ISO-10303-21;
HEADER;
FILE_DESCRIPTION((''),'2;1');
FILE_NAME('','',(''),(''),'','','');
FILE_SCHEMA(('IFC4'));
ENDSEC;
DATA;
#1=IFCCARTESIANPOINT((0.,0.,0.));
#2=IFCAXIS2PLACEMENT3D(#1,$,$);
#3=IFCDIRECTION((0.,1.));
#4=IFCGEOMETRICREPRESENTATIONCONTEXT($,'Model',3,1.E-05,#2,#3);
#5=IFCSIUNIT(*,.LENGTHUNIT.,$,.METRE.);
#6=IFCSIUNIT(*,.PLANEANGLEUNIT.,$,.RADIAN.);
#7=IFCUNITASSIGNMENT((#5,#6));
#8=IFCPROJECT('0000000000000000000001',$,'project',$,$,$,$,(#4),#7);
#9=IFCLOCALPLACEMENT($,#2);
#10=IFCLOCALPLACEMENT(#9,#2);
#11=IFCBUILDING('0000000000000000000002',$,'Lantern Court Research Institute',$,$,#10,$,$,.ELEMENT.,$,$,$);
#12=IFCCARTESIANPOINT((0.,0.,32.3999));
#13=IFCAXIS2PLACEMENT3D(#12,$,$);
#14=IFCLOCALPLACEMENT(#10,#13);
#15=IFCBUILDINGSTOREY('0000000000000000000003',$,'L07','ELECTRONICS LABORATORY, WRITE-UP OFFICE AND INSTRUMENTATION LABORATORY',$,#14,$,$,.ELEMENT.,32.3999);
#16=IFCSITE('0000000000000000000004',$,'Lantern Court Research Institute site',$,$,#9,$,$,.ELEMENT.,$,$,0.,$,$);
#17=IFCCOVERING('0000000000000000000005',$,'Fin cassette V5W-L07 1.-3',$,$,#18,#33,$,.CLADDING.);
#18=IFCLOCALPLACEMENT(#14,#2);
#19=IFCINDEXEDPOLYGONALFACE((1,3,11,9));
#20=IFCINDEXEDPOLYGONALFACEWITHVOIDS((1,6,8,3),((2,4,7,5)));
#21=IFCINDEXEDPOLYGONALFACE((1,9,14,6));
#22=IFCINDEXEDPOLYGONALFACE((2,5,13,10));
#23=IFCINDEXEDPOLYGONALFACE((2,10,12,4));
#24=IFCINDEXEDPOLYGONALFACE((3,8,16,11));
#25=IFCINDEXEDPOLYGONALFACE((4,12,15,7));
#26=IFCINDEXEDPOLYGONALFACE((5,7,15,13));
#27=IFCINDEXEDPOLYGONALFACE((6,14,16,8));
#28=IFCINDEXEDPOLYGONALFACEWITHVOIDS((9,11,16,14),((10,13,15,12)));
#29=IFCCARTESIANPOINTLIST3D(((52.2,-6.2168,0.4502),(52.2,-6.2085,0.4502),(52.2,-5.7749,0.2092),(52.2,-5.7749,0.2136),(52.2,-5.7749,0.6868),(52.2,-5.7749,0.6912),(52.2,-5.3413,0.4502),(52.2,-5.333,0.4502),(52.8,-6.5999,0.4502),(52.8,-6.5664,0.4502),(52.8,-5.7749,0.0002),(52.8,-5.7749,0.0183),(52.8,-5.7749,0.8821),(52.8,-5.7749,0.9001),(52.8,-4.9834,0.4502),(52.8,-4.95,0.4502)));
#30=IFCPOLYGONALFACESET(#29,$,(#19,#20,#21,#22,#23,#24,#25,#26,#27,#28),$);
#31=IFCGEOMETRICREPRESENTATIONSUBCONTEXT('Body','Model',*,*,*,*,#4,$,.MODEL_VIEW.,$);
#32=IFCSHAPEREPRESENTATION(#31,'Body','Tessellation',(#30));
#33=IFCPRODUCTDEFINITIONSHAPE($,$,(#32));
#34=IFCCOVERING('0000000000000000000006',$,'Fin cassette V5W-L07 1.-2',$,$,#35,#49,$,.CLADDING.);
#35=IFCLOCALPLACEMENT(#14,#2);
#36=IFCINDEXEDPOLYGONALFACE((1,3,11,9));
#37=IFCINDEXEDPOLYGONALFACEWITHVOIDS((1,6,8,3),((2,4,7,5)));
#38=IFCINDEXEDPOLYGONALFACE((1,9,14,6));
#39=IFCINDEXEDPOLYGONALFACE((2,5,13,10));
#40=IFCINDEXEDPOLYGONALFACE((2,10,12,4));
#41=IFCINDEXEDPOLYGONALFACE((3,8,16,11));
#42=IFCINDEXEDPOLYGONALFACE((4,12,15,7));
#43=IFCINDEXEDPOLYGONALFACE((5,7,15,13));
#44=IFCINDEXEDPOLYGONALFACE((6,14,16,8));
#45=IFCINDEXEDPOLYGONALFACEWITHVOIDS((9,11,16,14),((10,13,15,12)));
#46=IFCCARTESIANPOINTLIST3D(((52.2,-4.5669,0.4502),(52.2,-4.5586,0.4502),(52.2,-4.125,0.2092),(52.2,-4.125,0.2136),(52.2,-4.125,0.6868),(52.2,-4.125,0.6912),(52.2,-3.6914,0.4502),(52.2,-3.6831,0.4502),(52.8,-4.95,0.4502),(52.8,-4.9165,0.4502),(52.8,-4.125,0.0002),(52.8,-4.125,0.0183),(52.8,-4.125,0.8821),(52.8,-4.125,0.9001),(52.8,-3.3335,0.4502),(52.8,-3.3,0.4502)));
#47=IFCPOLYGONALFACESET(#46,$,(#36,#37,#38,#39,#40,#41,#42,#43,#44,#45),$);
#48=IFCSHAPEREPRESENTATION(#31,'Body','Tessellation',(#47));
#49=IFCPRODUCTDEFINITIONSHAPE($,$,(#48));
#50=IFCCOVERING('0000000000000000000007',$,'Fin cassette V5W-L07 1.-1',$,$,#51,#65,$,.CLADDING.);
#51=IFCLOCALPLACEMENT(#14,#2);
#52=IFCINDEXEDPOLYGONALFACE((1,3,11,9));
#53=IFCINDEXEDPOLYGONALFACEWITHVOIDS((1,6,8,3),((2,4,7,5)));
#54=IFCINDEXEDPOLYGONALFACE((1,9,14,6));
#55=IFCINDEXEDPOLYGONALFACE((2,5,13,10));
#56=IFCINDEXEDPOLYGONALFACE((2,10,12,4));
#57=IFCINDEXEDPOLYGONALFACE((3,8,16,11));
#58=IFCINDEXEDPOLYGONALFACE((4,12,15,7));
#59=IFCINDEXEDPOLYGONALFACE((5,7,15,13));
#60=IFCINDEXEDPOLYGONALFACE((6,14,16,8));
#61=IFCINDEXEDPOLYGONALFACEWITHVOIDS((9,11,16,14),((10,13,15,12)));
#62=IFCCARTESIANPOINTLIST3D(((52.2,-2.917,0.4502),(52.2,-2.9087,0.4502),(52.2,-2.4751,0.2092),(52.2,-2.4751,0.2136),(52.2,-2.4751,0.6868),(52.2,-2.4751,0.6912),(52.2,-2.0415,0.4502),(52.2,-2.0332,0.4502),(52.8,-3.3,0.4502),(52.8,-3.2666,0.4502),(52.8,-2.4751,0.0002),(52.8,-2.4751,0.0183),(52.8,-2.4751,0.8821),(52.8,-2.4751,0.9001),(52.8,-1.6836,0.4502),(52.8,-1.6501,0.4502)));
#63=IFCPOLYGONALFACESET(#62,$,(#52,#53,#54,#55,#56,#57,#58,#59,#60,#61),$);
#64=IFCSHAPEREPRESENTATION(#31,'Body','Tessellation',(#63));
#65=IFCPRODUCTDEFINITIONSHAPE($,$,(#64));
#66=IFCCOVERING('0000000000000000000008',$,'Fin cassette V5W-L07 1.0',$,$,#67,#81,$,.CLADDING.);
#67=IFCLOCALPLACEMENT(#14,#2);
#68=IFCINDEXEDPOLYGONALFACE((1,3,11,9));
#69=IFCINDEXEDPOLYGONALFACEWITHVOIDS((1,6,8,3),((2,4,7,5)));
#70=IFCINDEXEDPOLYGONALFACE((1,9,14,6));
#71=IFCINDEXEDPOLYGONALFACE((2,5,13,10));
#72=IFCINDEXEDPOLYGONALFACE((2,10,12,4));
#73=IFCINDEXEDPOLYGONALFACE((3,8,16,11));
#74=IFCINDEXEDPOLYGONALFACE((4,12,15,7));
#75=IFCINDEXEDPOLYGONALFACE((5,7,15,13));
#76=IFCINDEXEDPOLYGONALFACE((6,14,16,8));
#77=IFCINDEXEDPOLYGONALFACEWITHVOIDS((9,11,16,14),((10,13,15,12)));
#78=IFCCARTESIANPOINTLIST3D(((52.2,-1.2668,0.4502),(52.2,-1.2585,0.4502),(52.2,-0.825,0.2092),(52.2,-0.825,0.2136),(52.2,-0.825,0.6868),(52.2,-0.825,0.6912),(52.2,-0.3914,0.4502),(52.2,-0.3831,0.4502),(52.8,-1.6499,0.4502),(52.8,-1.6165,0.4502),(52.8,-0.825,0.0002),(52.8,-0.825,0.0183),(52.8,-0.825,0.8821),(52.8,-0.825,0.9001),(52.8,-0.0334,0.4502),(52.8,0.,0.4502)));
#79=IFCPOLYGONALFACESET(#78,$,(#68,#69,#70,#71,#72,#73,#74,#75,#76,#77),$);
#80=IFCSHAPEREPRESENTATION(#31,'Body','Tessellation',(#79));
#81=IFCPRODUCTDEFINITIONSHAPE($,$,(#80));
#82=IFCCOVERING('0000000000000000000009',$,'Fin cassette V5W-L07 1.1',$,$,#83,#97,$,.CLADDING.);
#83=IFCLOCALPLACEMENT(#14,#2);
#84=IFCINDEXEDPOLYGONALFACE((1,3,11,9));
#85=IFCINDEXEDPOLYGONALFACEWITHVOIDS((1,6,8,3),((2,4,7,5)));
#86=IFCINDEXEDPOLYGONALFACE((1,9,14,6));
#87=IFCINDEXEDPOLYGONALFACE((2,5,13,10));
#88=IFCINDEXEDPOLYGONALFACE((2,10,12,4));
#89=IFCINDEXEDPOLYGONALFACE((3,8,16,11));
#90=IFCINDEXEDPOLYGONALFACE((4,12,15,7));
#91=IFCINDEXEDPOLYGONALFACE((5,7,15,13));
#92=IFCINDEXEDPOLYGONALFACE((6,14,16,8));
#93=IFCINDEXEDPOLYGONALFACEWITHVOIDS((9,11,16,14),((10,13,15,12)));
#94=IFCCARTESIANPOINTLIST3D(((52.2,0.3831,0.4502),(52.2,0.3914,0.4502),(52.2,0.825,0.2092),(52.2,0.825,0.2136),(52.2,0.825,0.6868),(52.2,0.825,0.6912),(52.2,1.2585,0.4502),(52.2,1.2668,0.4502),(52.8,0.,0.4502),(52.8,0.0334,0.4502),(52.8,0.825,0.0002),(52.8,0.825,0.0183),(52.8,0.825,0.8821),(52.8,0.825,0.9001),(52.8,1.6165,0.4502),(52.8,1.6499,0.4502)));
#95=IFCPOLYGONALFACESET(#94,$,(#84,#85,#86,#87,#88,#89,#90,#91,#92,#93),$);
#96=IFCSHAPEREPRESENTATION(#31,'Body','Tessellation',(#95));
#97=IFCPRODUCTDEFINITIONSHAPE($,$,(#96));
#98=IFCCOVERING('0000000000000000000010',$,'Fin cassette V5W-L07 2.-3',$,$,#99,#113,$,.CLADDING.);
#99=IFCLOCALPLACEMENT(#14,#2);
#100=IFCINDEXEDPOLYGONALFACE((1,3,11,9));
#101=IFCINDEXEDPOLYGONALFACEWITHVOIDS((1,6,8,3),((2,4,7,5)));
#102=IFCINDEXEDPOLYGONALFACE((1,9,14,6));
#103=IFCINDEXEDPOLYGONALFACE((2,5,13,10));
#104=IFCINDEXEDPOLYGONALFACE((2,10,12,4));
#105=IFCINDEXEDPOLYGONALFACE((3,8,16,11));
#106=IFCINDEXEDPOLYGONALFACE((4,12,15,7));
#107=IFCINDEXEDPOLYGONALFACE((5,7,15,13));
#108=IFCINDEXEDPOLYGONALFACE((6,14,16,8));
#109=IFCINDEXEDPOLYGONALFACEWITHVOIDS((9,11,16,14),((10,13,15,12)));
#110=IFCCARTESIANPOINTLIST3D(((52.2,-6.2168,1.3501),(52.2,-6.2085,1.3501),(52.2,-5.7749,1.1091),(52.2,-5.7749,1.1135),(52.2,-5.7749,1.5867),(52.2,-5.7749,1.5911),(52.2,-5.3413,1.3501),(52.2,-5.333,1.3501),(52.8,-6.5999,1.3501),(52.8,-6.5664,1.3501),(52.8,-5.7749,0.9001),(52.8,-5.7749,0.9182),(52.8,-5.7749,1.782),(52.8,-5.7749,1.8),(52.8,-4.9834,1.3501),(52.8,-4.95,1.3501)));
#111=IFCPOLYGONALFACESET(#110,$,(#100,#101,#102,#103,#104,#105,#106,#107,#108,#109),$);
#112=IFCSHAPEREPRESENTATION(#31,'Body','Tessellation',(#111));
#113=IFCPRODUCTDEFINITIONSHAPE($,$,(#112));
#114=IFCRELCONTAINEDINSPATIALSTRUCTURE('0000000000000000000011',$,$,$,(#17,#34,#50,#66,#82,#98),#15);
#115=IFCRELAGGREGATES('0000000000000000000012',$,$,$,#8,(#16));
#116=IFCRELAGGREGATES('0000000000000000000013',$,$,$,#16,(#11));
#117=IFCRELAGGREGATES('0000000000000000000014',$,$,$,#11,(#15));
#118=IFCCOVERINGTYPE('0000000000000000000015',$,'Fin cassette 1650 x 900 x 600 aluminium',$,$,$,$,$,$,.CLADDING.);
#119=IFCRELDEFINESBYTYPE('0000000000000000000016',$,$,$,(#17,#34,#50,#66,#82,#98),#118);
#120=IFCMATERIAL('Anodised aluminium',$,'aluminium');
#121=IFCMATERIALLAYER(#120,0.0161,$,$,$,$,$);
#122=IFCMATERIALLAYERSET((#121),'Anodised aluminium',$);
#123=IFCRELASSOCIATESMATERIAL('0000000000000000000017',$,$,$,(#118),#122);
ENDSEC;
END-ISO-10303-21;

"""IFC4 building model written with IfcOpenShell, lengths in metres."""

from ifc_helpers import new_model, entity, si_unit, direction, frame, origin, place, context, subcontext, project, spatial, material, layer, layer_set, type_object, element, save


model = new_model("IFC4")

# Units and contexts
model_context = context("Model", 3, precision=1e-05, world=origin(), true_north=direction((0.0, 1.0)))
body_context = subcontext(model_context, "Body", "Model", "MODEL_VIEW")
ifc_project = project(units=[si_unit("LENGTHUNIT", "METRE"), si_unit("PLANEANGLEUNIT", "RADIAN")], contexts=[model_context])

# Site, building, storey
site_placement = place(None, origin())
site = spatial("IfcSite", under=ifc_project, at=site_placement, Name="Lantern Court Research Institute site", CompositionType="ELEMENT", RefElevation=0.0)
building_placement = place(site_placement, origin())
building = spatial("IfcBuilding", under=site, at=building_placement, Name="Lantern Court Research Institute", CompositionType="ELEMENT")
storey_placement = place(building_placement, frame((0.0, 0.0, 32.3999)))
storey = spatial("IfcBuildingStorey", under=building, at=storey_placement, Name="L07", Description="ELECTRONICS LABORATORY, WRITE-UP OFFICE AND INSTRUMENTATION LABORATORY", CompositionType="ELEMENT", Elevation=32.3999)

# Coverings
ifc_material = material(Name="Anodised aluminium", Category="aluminium")
ifc_layer = layer(ifc_material, 0.0161)
ifc_layer_set = layer_set([ifc_layer], Name="Anodised aluminium")
covering_type = type_object("IfcCoveringType", Name="Fin cassette 1650 x 900 x 600 aluminium", PredefinedType="CLADDING", material=ifc_layer_set)
covering_1_placement = place(storey_placement, frame((52.8, -5.7749, 0.4502), z_axis=(-1.0, 0.0, 0.0), x_axis=(0.0, -1.0, 0.0)))
cartesian_point_1 = entity("IfcCartesianPoint", [0.825, 0.0])
cartesian_point_2 = entity("IfcCartesianPoint", [0.7915, 0.0])
cartesian_point_3 = entity("IfcCartesianPoint", [0.4419, 0.0])
cartesian_point_4 = entity("IfcCartesianPoint", [0.4336, 0.0])
element("IfcCovering", 1, at=covering_1_placement, inside=storey, type_object=covering_type, Name="Fin cassette V5W-L07 1.-3", PredefinedType="CLADDING", context=body_context, shape_type="SweptSolid", body=[
    entity("IfcExtrudedAreaSolidTapered", entity("IfcArbitraryProfileDefWithVoids", "AREA", None, entity("IfcPolyline", [cartesian_point_1, entity("IfcCartesianPoint", [0.0, 0.45]), entity("IfcCartesianPoint", [-0.825, 0.0]), entity("IfcCartesianPoint", [0.0, -0.45]), cartesian_point_1]), [entity("IfcPolyline", [cartesian_point_2, entity("IfcCartesianPoint", [0.0, 0.4319]), entity("IfcCartesianPoint", [-0.7915, 0.0]), entity("IfcCartesianPoint", [0.0, -0.4319]), cartesian_point_2])]), entity("IfcAxis2Placement3D", entity("IfcCartesianPoint", [0.0, 0.0, 0.0])), entity("IfcDirection", [0.0, 0.0, 1.0]), 0.6001, entity("IfcArbitraryProfileDefWithVoids", "AREA", None, entity("IfcPolyline", [cartesian_point_3, entity("IfcCartesianPoint", [0.0, 0.241]), entity("IfcCartesianPoint", [-0.4419, 0.0]), entity("IfcCartesianPoint", [0.0, -0.241]), cartesian_point_3]), [entity("IfcPolyline", [cartesian_point_4, entity("IfcCartesianPoint", [0.0, 0.2366]), entity("IfcCartesianPoint", [-0.4336, 0.0]), entity("IfcCartesianPoint", [0.0, -0.2366]), cartesian_point_4])])),
])
covering_2_placement = place(storey_placement, frame((52.8, -4.125, 0.4502), z_axis=(-1.0, 0.0, 0.0), x_axis=(0.0, -1.0, 0.0)))
cartesian_point_5 = entity("IfcCartesianPoint", [0.825, 0.0])
cartesian_point_6 = entity("IfcCartesianPoint", [0.7915, 0.0])
cartesian_point_7 = entity("IfcCartesianPoint", [0.4419, 0.0])
cartesian_point_8 = entity("IfcCartesianPoint", [0.4336, 0.0])
element("IfcCovering", 2, at=covering_2_placement, inside=storey, type_object=covering_type, Name="Fin cassette V5W-L07 1.-2", PredefinedType="CLADDING", context=body_context, shape_type="SweptSolid", body=[
    entity("IfcExtrudedAreaSolidTapered", entity("IfcArbitraryProfileDefWithVoids", "AREA", None, entity("IfcPolyline", [cartesian_point_5, entity("IfcCartesianPoint", [0.0, 0.45]), entity("IfcCartesianPoint", [-0.825, 0.0]), entity("IfcCartesianPoint", [0.0, -0.45]), cartesian_point_5]), [entity("IfcPolyline", [cartesian_point_6, entity("IfcCartesianPoint", [0.0, 0.4319]), entity("IfcCartesianPoint", [-0.7915, 0.0]), entity("IfcCartesianPoint", [0.0, -0.4319]), cartesian_point_6])]), entity("IfcAxis2Placement3D", entity("IfcCartesianPoint", [0.0, 0.0, 0.0])), entity("IfcDirection", [0.0, 0.0, 1.0]), 0.6001, entity("IfcArbitraryProfileDefWithVoids", "AREA", None, entity("IfcPolyline", [cartesian_point_7, entity("IfcCartesianPoint", [0.0, 0.241]), entity("IfcCartesianPoint", [-0.4419, 0.0]), entity("IfcCartesianPoint", [0.0, -0.241]), cartesian_point_7]), [entity("IfcPolyline", [cartesian_point_8, entity("IfcCartesianPoint", [0.0, 0.2366]), entity("IfcCartesianPoint", [-0.4336, 0.0]), entity("IfcCartesianPoint", [0.0, -0.2366]), cartesian_point_8])])),
])
covering_3_placement = place(storey_placement, frame((52.8, -2.4751, 0.4502), z_axis=(-1.0, 0.0, 0.0), x_axis=(0.0, -1.0, 0.0)))
cartesian_point_9 = entity("IfcCartesianPoint", [0.825, 0.0])
cartesian_point_10 = entity("IfcCartesianPoint", [0.7915, 0.0])
cartesian_point_11 = entity("IfcCartesianPoint", [0.4419, 0.0])
cartesian_point_12 = entity("IfcCartesianPoint", [0.4336, 0.0])
element("IfcCovering", 3, at=covering_3_placement, inside=storey, type_object=covering_type, Name="Fin cassette V5W-L07 1.-1", PredefinedType="CLADDING", context=body_context, shape_type="SweptSolid", body=[
    entity("IfcExtrudedAreaSolidTapered", entity("IfcArbitraryProfileDefWithVoids", "AREA", None, entity("IfcPolyline", [cartesian_point_9, entity("IfcCartesianPoint", [0.0, 0.45]), entity("IfcCartesianPoint", [-0.825, 0.0]), entity("IfcCartesianPoint", [0.0, -0.45]), cartesian_point_9]), [entity("IfcPolyline", [cartesian_point_10, entity("IfcCartesianPoint", [0.0, 0.4319]), entity("IfcCartesianPoint", [-0.7915, 0.0]), entity("IfcCartesianPoint", [0.0, -0.4319]), cartesian_point_10])]), entity("IfcAxis2Placement3D", entity("IfcCartesianPoint", [0.0, 0.0, 0.0])), entity("IfcDirection", [0.0, 0.0, 1.0]), 0.6001, entity("IfcArbitraryProfileDefWithVoids", "AREA", None, entity("IfcPolyline", [cartesian_point_11, entity("IfcCartesianPoint", [0.0, 0.241]), entity("IfcCartesianPoint", [-0.4419, 0.0]), entity("IfcCartesianPoint", [0.0, -0.241]), cartesian_point_11]), [entity("IfcPolyline", [cartesian_point_12, entity("IfcCartesianPoint", [0.0, 0.2366]), entity("IfcCartesianPoint", [-0.4336, 0.0]), entity("IfcCartesianPoint", [0.0, -0.2366]), cartesian_point_12])])),
])
covering_4_placement = place(storey_placement, frame((52.8, -0.825, 0.4502), z_axis=(-1.0, 0.0, 0.0), x_axis=(0.0, -1.0, 0.0)))
cartesian_point_13 = entity("IfcCartesianPoint", [0.825, 0.0])
cartesian_point_14 = entity("IfcCartesianPoint", [0.7915, 0.0])
cartesian_point_15 = entity("IfcCartesianPoint", [0.4419, 0.0])
cartesian_point_16 = entity("IfcCartesianPoint", [0.4336, 0.0])
element("IfcCovering", 4, at=covering_4_placement, inside=storey, type_object=covering_type, Name="Fin cassette V5W-L07 1.0", PredefinedType="CLADDING", context=body_context, shape_type="SweptSolid", body=[
    entity("IfcExtrudedAreaSolidTapered", entity("IfcArbitraryProfileDefWithVoids", "AREA", None, entity("IfcPolyline", [cartesian_point_13, entity("IfcCartesianPoint", [0.0, 0.45]), entity("IfcCartesianPoint", [-0.825, 0.0]), entity("IfcCartesianPoint", [0.0, -0.45]), cartesian_point_13]), [entity("IfcPolyline", [cartesian_point_14, entity("IfcCartesianPoint", [0.0, 0.4319]), entity("IfcCartesianPoint", [-0.7915, 0.0]), entity("IfcCartesianPoint", [0.0, -0.4319]), cartesian_point_14])]), entity("IfcAxis2Placement3D", entity("IfcCartesianPoint", [0.0, 0.0, 0.0])), entity("IfcDirection", [0.0, 0.0, 1.0]), 0.6001, entity("IfcArbitraryProfileDefWithVoids", "AREA", None, entity("IfcPolyline", [cartesian_point_15, entity("IfcCartesianPoint", [0.0, 0.241]), entity("IfcCartesianPoint", [-0.4419, 0.0]), entity("IfcCartesianPoint", [0.0, -0.241]), cartesian_point_15]), [entity("IfcPolyline", [cartesian_point_16, entity("IfcCartesianPoint", [0.0, 0.2366]), entity("IfcCartesianPoint", [-0.4336, 0.0]), entity("IfcCartesianPoint", [0.0, -0.2366]), cartesian_point_16])])),
])
covering_5_placement = place(storey_placement, frame((52.8, 0.825, 0.4502), z_axis=(-1.0, 0.0, 0.0), x_axis=(0.0, -1.0, 0.0)))
cartesian_point_17 = entity("IfcCartesianPoint", [0.825, 0.0])
cartesian_point_18 = entity("IfcCartesianPoint", [0.7915, 0.0])
cartesian_point_19 = entity("IfcCartesianPoint", [0.4419, 0.0])
cartesian_point_20 = entity("IfcCartesianPoint", [0.4336, 0.0])
element("IfcCovering", 5, at=covering_5_placement, inside=storey, type_object=covering_type, Name="Fin cassette V5W-L07 1.1", PredefinedType="CLADDING", context=body_context, shape_type="SweptSolid", body=[
    entity("IfcExtrudedAreaSolidTapered", entity("IfcArbitraryProfileDefWithVoids", "AREA", None, entity("IfcPolyline", [cartesian_point_17, entity("IfcCartesianPoint", [0.0, 0.45]), entity("IfcCartesianPoint", [-0.825, 0.0]), entity("IfcCartesianPoint", [0.0, -0.45]), cartesian_point_17]), [entity("IfcPolyline", [cartesian_point_18, entity("IfcCartesianPoint", [0.0, 0.4319]), entity("IfcCartesianPoint", [-0.7915, 0.0]), entity("IfcCartesianPoint", [0.0, -0.4319]), cartesian_point_18])]), entity("IfcAxis2Placement3D", entity("IfcCartesianPoint", [0.0, 0.0, 0.0])), entity("IfcDirection", [0.0, 0.0, 1.0]), 0.6001, entity("IfcArbitraryProfileDefWithVoids", "AREA", None, entity("IfcPolyline", [cartesian_point_19, entity("IfcCartesianPoint", [0.0, 0.241]), entity("IfcCartesianPoint", [-0.4419, 0.0]), entity("IfcCartesianPoint", [0.0, -0.241]), cartesian_point_19]), [entity("IfcPolyline", [cartesian_point_20, entity("IfcCartesianPoint", [0.0, 0.2366]), entity("IfcCartesianPoint", [-0.4336, 0.0]), entity("IfcCartesianPoint", [0.0, -0.2366]), cartesian_point_20])])),
])
covering_6_placement = place(storey_placement, frame((52.8, -5.7749, 1.3501), z_axis=(-1.0, 0.0, 0.0), x_axis=(0.0, -1.0, 0.0)))
cartesian_point_21 = entity("IfcCartesianPoint", [0.825, 0.0])
cartesian_point_22 = entity("IfcCartesianPoint", [0.7915, 0.0])
cartesian_point_23 = entity("IfcCartesianPoint", [0.4419, 0.0])
cartesian_point_24 = entity("IfcCartesianPoint", [0.4336, 0.0])
element("IfcCovering", 6, at=covering_6_placement, inside=storey, type_object=covering_type, Name="Fin cassette V5W-L07 2.-3", PredefinedType="CLADDING", context=body_context, shape_type="SweptSolid", body=[
    entity("IfcExtrudedAreaSolidTapered", entity("IfcArbitraryProfileDefWithVoids", "AREA", None, entity("IfcPolyline", [cartesian_point_21, entity("IfcCartesianPoint", [0.0, 0.45]), entity("IfcCartesianPoint", [-0.825, 0.0]), entity("IfcCartesianPoint", [0.0, -0.45]), cartesian_point_21]), [entity("IfcPolyline", [cartesian_point_22, entity("IfcCartesianPoint", [0.0, 0.4319]), entity("IfcCartesianPoint", [-0.7915, 0.0]), entity("IfcCartesianPoint", [0.0, -0.4319]), cartesian_point_22])]), entity("IfcAxis2Placement3D", entity("IfcCartesianPoint", [0.0, 0.0, 0.0])), entity("IfcDirection", [0.0, 0.0, 1.0]), 0.6001, entity("IfcArbitraryProfileDefWithVoids", "AREA", None, entity("IfcPolyline", [cartesian_point_23, entity("IfcCartesianPoint", [0.0, 0.241]), entity("IfcCartesianPoint", [-0.4419, 0.0]), entity("IfcCartesianPoint", [0.0, -0.241]), cartesian_point_23]), [entity("IfcPolyline", [cartesian_point_24, entity("IfcCartesianPoint", [0.0, 0.2366]), entity("IfcCartesianPoint", [-0.4336, 0.0]), entity("IfcCartesianPoint", [0.0, -0.2366]), cartesian_point_24])])),
])

save(model, "model.ifc")
